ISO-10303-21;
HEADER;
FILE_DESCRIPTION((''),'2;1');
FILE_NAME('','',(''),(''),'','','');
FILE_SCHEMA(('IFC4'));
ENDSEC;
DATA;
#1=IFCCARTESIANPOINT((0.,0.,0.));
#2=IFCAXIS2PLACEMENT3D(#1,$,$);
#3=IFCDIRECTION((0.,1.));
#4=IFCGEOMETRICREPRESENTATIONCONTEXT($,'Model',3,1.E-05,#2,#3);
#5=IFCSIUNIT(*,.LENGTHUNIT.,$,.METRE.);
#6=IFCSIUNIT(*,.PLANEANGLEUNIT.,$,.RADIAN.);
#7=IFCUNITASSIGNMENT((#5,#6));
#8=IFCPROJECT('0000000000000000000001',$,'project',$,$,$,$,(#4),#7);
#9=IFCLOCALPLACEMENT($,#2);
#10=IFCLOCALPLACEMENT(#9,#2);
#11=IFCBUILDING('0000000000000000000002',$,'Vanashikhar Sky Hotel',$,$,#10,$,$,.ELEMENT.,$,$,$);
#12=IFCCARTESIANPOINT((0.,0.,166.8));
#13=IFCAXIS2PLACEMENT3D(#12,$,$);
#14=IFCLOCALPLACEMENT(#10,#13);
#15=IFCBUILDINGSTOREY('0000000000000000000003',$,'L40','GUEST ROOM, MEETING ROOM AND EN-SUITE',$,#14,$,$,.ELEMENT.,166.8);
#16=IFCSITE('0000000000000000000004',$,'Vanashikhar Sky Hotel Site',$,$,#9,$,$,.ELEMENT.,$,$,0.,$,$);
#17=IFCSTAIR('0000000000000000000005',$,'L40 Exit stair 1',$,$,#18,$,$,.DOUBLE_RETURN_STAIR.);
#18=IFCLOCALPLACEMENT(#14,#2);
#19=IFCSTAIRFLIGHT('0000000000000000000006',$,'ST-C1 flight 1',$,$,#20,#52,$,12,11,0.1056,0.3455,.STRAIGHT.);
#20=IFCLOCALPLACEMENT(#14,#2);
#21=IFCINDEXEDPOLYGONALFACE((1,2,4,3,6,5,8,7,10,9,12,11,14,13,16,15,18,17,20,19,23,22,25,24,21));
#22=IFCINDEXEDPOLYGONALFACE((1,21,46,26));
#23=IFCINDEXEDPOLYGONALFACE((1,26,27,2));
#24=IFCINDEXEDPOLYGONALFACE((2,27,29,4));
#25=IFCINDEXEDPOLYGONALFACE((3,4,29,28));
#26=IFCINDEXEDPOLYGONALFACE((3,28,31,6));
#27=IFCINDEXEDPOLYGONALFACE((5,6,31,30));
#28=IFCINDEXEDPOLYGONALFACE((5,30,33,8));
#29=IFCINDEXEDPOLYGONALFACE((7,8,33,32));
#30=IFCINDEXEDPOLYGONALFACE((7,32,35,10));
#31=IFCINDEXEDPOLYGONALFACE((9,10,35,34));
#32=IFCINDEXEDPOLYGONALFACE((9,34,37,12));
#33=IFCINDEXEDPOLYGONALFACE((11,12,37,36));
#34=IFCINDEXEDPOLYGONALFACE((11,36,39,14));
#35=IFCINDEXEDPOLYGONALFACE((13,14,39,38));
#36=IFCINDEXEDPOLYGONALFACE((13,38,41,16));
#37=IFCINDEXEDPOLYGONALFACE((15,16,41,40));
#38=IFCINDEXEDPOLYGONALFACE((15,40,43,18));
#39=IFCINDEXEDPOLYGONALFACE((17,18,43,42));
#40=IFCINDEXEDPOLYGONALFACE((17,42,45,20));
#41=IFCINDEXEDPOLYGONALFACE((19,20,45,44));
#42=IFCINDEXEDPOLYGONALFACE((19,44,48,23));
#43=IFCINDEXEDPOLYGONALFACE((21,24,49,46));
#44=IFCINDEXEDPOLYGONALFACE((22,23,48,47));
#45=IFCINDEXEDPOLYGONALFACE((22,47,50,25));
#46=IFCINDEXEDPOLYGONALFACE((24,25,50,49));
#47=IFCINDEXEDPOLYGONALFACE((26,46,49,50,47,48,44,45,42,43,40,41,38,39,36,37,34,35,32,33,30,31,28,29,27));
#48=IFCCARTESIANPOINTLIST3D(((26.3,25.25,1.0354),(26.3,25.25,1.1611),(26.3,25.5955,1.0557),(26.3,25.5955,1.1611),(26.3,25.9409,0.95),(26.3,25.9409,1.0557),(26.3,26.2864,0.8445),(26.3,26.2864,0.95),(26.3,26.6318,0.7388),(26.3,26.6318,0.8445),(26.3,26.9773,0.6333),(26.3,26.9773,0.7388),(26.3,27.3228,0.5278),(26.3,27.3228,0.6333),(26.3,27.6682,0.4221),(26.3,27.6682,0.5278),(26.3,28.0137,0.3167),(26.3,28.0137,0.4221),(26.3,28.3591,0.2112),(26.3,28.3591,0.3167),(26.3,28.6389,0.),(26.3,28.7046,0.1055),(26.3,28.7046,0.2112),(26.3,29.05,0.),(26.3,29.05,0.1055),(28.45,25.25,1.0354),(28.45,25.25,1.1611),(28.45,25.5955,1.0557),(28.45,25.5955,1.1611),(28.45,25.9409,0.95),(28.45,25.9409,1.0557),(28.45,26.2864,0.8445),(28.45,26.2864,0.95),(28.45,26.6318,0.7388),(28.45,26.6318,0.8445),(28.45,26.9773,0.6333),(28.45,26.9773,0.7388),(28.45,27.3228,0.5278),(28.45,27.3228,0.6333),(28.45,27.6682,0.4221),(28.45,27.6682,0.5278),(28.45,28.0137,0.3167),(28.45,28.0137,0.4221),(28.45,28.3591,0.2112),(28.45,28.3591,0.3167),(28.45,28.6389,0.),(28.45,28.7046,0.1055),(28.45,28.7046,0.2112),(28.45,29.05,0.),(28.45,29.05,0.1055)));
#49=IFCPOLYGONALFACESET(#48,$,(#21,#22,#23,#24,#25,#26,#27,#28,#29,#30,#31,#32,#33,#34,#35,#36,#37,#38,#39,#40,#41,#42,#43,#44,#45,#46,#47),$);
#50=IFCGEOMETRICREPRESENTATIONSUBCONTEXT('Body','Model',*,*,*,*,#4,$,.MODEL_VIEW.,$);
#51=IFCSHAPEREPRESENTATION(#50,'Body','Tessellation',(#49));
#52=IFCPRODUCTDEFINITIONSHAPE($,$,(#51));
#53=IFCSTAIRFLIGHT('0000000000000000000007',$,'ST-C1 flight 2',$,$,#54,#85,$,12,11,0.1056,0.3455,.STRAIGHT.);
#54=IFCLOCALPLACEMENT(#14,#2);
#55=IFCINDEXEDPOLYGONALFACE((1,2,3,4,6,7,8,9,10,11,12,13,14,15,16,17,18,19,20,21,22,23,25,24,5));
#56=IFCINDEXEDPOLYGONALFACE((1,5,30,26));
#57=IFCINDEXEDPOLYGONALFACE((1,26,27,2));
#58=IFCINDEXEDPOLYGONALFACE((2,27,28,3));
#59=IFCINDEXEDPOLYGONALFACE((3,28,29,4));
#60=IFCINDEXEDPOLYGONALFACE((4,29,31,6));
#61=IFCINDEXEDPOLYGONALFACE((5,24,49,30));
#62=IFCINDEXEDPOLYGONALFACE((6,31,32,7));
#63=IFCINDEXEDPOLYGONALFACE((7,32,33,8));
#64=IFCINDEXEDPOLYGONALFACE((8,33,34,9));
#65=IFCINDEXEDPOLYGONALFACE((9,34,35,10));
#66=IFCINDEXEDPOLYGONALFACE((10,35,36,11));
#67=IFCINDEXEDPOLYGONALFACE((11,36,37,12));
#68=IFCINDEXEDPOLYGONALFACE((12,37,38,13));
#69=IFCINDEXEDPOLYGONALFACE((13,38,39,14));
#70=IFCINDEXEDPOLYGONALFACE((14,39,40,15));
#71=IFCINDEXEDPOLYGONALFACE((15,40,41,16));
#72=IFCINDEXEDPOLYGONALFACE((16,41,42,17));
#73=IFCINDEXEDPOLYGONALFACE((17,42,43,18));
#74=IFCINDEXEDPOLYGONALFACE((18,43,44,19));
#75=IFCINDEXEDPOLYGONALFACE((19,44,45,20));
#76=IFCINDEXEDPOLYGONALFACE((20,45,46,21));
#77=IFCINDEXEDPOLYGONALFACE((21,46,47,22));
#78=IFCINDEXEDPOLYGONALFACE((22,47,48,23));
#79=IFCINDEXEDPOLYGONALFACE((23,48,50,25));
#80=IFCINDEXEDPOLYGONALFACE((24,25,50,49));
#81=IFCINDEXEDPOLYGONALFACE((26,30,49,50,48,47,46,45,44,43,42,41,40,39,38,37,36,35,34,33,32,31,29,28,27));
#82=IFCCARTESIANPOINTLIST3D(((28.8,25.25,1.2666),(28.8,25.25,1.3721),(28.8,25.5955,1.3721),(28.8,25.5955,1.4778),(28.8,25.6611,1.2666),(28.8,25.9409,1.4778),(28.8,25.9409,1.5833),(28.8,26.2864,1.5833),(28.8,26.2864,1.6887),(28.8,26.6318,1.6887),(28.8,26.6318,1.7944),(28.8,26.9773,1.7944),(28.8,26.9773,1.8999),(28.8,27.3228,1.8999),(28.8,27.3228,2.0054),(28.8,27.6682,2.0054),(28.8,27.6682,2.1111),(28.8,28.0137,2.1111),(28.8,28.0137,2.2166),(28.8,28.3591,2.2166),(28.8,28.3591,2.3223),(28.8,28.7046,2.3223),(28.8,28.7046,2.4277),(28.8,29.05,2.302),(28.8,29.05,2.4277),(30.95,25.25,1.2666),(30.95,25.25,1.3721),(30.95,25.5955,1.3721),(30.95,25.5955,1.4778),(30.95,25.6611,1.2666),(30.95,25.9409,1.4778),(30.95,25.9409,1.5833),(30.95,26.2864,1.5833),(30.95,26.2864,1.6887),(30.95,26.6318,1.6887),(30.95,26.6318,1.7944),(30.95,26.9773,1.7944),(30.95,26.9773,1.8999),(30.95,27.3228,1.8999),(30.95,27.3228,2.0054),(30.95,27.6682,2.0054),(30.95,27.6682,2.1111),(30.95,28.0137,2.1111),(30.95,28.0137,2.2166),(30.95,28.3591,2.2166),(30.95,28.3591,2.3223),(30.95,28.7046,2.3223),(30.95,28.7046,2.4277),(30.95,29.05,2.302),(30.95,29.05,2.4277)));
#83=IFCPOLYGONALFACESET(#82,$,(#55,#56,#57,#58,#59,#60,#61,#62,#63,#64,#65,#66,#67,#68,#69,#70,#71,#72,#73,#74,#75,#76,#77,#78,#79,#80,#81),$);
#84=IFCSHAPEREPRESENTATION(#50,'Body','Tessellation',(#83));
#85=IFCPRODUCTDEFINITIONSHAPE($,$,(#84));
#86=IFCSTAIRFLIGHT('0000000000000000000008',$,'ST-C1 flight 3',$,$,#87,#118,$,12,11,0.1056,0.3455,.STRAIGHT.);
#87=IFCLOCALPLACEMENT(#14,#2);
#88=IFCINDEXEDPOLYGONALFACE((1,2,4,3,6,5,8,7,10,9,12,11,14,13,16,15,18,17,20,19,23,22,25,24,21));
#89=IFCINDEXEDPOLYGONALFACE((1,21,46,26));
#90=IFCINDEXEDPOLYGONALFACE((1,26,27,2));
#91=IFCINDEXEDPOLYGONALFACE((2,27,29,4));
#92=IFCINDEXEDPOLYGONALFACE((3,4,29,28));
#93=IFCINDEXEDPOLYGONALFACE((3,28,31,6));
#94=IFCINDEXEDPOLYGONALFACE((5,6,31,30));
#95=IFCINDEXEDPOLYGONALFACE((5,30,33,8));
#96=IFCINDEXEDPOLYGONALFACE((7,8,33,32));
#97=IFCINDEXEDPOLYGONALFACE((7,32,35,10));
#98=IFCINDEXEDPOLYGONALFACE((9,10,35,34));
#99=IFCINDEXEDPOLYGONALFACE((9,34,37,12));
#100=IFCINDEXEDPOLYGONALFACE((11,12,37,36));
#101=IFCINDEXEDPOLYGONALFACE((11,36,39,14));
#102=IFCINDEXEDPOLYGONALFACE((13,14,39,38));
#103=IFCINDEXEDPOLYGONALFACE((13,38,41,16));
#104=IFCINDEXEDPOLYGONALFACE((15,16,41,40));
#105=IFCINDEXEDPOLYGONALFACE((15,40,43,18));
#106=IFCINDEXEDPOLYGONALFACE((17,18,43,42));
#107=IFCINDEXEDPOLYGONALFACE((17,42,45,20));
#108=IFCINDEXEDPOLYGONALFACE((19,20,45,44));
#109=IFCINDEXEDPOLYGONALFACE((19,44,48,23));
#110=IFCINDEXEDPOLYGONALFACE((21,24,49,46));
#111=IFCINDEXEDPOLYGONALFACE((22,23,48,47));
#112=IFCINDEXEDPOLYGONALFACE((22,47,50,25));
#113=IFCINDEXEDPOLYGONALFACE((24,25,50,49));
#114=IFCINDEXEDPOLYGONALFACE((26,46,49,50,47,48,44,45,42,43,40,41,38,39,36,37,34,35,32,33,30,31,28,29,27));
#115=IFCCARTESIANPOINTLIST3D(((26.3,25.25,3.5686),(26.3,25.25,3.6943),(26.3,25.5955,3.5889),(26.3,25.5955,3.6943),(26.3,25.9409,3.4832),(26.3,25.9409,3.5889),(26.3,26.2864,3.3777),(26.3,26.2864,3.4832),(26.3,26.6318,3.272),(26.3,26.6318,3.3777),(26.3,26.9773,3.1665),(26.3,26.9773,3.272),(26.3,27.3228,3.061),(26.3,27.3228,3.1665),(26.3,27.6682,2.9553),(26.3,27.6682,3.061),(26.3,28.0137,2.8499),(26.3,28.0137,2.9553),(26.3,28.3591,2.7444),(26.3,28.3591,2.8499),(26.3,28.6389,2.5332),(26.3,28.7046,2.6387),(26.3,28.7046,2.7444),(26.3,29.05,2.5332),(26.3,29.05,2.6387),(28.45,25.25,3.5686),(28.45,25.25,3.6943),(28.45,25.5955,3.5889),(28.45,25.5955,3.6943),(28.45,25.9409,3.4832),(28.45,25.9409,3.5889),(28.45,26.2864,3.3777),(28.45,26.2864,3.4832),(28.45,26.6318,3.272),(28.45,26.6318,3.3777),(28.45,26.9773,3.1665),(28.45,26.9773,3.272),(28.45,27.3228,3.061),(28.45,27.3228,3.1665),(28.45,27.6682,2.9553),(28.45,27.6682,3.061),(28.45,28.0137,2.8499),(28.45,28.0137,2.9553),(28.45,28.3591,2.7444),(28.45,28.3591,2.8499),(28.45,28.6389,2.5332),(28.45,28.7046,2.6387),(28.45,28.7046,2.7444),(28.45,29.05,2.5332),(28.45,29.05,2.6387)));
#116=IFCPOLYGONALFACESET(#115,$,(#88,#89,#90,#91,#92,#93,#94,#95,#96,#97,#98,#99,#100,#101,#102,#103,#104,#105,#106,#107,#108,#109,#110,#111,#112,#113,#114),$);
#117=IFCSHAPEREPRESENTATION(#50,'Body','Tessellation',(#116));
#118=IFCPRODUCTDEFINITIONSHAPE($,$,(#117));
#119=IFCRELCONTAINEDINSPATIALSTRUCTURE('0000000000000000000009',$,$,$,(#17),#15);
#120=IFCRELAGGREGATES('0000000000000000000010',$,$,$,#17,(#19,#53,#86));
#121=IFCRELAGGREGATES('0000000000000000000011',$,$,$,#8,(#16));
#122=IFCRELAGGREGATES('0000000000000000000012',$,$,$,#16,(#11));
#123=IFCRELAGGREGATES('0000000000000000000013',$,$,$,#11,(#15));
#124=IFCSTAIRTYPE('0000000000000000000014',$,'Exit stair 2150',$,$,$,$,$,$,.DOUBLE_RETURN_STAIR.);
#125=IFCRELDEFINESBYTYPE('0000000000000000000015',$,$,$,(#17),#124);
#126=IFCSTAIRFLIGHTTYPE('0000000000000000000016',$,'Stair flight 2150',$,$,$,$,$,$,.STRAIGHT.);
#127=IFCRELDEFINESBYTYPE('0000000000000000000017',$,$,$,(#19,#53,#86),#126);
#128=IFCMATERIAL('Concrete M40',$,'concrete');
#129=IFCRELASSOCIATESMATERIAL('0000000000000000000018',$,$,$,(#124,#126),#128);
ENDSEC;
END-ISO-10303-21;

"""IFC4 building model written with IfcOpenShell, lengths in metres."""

from ifc_helpers import new_model, si_unit, direction, frame, origin, place, context, subcontext, project, spatial, polyline, outline, extrude, source, transform, mapped, material, type_object, element, aggregate, save


model = new_model("IFC4")

# Units and contexts
model_context = context("Model", 3, precision=1e-05, world=origin(), true_north=direction((0.0, 1.0)))
body_context = subcontext(model_context, "Body", "Model", "MODEL_VIEW")
ifc_project = project(units=[si_unit("LENGTHUNIT", "METRE"), si_unit("PLANEANGLEUNIT", "RADIAN")], contexts=[model_context])

# Site, building, storey
site_placement = place(None, origin())
site = spatial("IfcSite", under=ifc_project, at=site_placement, Name="Vanashikhar Sky Hotel Site", CompositionType="ELEMENT", RefElevation=0.0)
building_placement = place(site_placement, origin())
building = spatial("IfcBuilding", under=site, at=building_placement, Name="Vanashikhar Sky Hotel", CompositionType="ELEMENT")
storey_placement = place(building_placement, frame((0.0, 0.0, 166.8)))
storey = spatial("IfcBuildingStorey", under=building, at=storey_placement, Name="L40", Description="GUEST ROOM, MEETING ROOM AND EN-SUITE", CompositionType="ELEMENT", Elevation=166.8)

# Shared definitions
ifc_material_1 = material(Name="Concrete M40", Category="concrete")

# Stair, stair flights
stair_type = type_object("IfcStairType", Name="Exit stair 2150", PredefinedType="DOUBLE_RETURN_STAIR", material=ifc_material_1)
stair_placement = place(storey_placement, origin())
stair = element("IfcStair", 1, at=stair_placement, inside=storey, type_object=stair_type, Name="L40 Exit stair 1", PredefinedType="DOUBLE_RETURN_STAIR")
stair_flight_type = type_object("IfcStairFlightType", Name="Stair flight 2150", PredefinedType="STRAIGHT", material=ifc_material_1)
shared_shape_1 = source(origin(), body_context, "Body", "SweptSolid", [
    extrude(outline(polyline([(0.0, 0.0), (0.0, 0.1055), (0.3455, 0.1055), (0.3455, 0.2112), (0.6909, 0.2112), (0.6909, 0.3167), (1.0364, 0.3167), (1.0364, 0.4221), (1.3818, 0.4221), (1.3818, 0.5278), (1.7273, 0.5278), (1.7273, 0.6333), (2.0728, 0.6333), (2.0728, 0.7388), (2.4182, 0.7388), (2.4182, 0.8445), (2.7637, 0.8445), (2.7637, 0.95), (3.1091, 0.95), (3.1091, 1.0557), (3.4546, 1.0557), (3.4546, 1.1611), (3.8, 1.1611), (3.8, 1.2666), (3.8, 1.0354), (0.4111, 0.0), (0.0, 0.0)])), frame((0.0, 1.075, 0.0), z_axis=(0.0, -1.0, 0.0), x_axis=(1.0, 0.0, 0.0)), (0.0, 0.0, 1.0), 2.1499),
])
stair_flight_1_placement = place(storey_placement, frame((27.375, 29.05, 0.0), z_axis=(0.0, 0.0, 1.0), x_axis=(0.0, -1.0, 0.0)))
stair_flight_1 = element("IfcStairFlight", 2, at=stair_flight_1_placement, type_object=stair_flight_type, Name="ST-C1 flight 1", NumberOfRisers=12, NumberOfTreads=11, PredefinedType="STRAIGHT", RiserHeight=0.1056, TreadLength=0.3455, context=body_context, shape_type="MappedRepresentation", body=[
    mapped(shared_shape_1, transform((0.0, 0.0, 0.0), scale=1.0)),
])
stair_flight_2_placement = place(storey_placement, frame((29.875, 25.25, 1.2666), z_axis=(0.0, 0.0, 1.0), x_axis=(0.0, 1.0, 0.0)))
stair_flight_2 = element("IfcStairFlight", 3, at=stair_flight_2_placement, type_object=stair_flight_type, Name="ST-C1 flight 2", NumberOfRisers=12, NumberOfTreads=11, PredefinedType="STRAIGHT", RiserHeight=0.1056, TreadLength=0.3455, context=body_context, shape_type="MappedRepresentation", body=[
    mapped(shared_shape_1, transform((0.0, 0.0, 0.0), scale=1.0)),
])
stair_flight_3_placement = place(storey_placement, frame((27.375, 29.05, 2.5332), z_axis=(0.0, 0.0, 1.0), x_axis=(0.0, -1.0, 0.0)))
stair_flight_3 = element("IfcStairFlight", 4, at=stair_flight_3_placement, type_object=stair_flight_type, Name="ST-C1 flight 3", NumberOfRisers=12, NumberOfTreads=11, PredefinedType="STRAIGHT", RiserHeight=0.1056, TreadLength=0.3455, context=body_context, shape_type="MappedRepresentation", body=[
    mapped(shared_shape_1, transform((0.0, 0.0, 0.0), scale=1.0)),
])
aggregate(stair, [stair_flight_1, stair_flight_2, stair_flight_3])

save(model, "model.ifc")
